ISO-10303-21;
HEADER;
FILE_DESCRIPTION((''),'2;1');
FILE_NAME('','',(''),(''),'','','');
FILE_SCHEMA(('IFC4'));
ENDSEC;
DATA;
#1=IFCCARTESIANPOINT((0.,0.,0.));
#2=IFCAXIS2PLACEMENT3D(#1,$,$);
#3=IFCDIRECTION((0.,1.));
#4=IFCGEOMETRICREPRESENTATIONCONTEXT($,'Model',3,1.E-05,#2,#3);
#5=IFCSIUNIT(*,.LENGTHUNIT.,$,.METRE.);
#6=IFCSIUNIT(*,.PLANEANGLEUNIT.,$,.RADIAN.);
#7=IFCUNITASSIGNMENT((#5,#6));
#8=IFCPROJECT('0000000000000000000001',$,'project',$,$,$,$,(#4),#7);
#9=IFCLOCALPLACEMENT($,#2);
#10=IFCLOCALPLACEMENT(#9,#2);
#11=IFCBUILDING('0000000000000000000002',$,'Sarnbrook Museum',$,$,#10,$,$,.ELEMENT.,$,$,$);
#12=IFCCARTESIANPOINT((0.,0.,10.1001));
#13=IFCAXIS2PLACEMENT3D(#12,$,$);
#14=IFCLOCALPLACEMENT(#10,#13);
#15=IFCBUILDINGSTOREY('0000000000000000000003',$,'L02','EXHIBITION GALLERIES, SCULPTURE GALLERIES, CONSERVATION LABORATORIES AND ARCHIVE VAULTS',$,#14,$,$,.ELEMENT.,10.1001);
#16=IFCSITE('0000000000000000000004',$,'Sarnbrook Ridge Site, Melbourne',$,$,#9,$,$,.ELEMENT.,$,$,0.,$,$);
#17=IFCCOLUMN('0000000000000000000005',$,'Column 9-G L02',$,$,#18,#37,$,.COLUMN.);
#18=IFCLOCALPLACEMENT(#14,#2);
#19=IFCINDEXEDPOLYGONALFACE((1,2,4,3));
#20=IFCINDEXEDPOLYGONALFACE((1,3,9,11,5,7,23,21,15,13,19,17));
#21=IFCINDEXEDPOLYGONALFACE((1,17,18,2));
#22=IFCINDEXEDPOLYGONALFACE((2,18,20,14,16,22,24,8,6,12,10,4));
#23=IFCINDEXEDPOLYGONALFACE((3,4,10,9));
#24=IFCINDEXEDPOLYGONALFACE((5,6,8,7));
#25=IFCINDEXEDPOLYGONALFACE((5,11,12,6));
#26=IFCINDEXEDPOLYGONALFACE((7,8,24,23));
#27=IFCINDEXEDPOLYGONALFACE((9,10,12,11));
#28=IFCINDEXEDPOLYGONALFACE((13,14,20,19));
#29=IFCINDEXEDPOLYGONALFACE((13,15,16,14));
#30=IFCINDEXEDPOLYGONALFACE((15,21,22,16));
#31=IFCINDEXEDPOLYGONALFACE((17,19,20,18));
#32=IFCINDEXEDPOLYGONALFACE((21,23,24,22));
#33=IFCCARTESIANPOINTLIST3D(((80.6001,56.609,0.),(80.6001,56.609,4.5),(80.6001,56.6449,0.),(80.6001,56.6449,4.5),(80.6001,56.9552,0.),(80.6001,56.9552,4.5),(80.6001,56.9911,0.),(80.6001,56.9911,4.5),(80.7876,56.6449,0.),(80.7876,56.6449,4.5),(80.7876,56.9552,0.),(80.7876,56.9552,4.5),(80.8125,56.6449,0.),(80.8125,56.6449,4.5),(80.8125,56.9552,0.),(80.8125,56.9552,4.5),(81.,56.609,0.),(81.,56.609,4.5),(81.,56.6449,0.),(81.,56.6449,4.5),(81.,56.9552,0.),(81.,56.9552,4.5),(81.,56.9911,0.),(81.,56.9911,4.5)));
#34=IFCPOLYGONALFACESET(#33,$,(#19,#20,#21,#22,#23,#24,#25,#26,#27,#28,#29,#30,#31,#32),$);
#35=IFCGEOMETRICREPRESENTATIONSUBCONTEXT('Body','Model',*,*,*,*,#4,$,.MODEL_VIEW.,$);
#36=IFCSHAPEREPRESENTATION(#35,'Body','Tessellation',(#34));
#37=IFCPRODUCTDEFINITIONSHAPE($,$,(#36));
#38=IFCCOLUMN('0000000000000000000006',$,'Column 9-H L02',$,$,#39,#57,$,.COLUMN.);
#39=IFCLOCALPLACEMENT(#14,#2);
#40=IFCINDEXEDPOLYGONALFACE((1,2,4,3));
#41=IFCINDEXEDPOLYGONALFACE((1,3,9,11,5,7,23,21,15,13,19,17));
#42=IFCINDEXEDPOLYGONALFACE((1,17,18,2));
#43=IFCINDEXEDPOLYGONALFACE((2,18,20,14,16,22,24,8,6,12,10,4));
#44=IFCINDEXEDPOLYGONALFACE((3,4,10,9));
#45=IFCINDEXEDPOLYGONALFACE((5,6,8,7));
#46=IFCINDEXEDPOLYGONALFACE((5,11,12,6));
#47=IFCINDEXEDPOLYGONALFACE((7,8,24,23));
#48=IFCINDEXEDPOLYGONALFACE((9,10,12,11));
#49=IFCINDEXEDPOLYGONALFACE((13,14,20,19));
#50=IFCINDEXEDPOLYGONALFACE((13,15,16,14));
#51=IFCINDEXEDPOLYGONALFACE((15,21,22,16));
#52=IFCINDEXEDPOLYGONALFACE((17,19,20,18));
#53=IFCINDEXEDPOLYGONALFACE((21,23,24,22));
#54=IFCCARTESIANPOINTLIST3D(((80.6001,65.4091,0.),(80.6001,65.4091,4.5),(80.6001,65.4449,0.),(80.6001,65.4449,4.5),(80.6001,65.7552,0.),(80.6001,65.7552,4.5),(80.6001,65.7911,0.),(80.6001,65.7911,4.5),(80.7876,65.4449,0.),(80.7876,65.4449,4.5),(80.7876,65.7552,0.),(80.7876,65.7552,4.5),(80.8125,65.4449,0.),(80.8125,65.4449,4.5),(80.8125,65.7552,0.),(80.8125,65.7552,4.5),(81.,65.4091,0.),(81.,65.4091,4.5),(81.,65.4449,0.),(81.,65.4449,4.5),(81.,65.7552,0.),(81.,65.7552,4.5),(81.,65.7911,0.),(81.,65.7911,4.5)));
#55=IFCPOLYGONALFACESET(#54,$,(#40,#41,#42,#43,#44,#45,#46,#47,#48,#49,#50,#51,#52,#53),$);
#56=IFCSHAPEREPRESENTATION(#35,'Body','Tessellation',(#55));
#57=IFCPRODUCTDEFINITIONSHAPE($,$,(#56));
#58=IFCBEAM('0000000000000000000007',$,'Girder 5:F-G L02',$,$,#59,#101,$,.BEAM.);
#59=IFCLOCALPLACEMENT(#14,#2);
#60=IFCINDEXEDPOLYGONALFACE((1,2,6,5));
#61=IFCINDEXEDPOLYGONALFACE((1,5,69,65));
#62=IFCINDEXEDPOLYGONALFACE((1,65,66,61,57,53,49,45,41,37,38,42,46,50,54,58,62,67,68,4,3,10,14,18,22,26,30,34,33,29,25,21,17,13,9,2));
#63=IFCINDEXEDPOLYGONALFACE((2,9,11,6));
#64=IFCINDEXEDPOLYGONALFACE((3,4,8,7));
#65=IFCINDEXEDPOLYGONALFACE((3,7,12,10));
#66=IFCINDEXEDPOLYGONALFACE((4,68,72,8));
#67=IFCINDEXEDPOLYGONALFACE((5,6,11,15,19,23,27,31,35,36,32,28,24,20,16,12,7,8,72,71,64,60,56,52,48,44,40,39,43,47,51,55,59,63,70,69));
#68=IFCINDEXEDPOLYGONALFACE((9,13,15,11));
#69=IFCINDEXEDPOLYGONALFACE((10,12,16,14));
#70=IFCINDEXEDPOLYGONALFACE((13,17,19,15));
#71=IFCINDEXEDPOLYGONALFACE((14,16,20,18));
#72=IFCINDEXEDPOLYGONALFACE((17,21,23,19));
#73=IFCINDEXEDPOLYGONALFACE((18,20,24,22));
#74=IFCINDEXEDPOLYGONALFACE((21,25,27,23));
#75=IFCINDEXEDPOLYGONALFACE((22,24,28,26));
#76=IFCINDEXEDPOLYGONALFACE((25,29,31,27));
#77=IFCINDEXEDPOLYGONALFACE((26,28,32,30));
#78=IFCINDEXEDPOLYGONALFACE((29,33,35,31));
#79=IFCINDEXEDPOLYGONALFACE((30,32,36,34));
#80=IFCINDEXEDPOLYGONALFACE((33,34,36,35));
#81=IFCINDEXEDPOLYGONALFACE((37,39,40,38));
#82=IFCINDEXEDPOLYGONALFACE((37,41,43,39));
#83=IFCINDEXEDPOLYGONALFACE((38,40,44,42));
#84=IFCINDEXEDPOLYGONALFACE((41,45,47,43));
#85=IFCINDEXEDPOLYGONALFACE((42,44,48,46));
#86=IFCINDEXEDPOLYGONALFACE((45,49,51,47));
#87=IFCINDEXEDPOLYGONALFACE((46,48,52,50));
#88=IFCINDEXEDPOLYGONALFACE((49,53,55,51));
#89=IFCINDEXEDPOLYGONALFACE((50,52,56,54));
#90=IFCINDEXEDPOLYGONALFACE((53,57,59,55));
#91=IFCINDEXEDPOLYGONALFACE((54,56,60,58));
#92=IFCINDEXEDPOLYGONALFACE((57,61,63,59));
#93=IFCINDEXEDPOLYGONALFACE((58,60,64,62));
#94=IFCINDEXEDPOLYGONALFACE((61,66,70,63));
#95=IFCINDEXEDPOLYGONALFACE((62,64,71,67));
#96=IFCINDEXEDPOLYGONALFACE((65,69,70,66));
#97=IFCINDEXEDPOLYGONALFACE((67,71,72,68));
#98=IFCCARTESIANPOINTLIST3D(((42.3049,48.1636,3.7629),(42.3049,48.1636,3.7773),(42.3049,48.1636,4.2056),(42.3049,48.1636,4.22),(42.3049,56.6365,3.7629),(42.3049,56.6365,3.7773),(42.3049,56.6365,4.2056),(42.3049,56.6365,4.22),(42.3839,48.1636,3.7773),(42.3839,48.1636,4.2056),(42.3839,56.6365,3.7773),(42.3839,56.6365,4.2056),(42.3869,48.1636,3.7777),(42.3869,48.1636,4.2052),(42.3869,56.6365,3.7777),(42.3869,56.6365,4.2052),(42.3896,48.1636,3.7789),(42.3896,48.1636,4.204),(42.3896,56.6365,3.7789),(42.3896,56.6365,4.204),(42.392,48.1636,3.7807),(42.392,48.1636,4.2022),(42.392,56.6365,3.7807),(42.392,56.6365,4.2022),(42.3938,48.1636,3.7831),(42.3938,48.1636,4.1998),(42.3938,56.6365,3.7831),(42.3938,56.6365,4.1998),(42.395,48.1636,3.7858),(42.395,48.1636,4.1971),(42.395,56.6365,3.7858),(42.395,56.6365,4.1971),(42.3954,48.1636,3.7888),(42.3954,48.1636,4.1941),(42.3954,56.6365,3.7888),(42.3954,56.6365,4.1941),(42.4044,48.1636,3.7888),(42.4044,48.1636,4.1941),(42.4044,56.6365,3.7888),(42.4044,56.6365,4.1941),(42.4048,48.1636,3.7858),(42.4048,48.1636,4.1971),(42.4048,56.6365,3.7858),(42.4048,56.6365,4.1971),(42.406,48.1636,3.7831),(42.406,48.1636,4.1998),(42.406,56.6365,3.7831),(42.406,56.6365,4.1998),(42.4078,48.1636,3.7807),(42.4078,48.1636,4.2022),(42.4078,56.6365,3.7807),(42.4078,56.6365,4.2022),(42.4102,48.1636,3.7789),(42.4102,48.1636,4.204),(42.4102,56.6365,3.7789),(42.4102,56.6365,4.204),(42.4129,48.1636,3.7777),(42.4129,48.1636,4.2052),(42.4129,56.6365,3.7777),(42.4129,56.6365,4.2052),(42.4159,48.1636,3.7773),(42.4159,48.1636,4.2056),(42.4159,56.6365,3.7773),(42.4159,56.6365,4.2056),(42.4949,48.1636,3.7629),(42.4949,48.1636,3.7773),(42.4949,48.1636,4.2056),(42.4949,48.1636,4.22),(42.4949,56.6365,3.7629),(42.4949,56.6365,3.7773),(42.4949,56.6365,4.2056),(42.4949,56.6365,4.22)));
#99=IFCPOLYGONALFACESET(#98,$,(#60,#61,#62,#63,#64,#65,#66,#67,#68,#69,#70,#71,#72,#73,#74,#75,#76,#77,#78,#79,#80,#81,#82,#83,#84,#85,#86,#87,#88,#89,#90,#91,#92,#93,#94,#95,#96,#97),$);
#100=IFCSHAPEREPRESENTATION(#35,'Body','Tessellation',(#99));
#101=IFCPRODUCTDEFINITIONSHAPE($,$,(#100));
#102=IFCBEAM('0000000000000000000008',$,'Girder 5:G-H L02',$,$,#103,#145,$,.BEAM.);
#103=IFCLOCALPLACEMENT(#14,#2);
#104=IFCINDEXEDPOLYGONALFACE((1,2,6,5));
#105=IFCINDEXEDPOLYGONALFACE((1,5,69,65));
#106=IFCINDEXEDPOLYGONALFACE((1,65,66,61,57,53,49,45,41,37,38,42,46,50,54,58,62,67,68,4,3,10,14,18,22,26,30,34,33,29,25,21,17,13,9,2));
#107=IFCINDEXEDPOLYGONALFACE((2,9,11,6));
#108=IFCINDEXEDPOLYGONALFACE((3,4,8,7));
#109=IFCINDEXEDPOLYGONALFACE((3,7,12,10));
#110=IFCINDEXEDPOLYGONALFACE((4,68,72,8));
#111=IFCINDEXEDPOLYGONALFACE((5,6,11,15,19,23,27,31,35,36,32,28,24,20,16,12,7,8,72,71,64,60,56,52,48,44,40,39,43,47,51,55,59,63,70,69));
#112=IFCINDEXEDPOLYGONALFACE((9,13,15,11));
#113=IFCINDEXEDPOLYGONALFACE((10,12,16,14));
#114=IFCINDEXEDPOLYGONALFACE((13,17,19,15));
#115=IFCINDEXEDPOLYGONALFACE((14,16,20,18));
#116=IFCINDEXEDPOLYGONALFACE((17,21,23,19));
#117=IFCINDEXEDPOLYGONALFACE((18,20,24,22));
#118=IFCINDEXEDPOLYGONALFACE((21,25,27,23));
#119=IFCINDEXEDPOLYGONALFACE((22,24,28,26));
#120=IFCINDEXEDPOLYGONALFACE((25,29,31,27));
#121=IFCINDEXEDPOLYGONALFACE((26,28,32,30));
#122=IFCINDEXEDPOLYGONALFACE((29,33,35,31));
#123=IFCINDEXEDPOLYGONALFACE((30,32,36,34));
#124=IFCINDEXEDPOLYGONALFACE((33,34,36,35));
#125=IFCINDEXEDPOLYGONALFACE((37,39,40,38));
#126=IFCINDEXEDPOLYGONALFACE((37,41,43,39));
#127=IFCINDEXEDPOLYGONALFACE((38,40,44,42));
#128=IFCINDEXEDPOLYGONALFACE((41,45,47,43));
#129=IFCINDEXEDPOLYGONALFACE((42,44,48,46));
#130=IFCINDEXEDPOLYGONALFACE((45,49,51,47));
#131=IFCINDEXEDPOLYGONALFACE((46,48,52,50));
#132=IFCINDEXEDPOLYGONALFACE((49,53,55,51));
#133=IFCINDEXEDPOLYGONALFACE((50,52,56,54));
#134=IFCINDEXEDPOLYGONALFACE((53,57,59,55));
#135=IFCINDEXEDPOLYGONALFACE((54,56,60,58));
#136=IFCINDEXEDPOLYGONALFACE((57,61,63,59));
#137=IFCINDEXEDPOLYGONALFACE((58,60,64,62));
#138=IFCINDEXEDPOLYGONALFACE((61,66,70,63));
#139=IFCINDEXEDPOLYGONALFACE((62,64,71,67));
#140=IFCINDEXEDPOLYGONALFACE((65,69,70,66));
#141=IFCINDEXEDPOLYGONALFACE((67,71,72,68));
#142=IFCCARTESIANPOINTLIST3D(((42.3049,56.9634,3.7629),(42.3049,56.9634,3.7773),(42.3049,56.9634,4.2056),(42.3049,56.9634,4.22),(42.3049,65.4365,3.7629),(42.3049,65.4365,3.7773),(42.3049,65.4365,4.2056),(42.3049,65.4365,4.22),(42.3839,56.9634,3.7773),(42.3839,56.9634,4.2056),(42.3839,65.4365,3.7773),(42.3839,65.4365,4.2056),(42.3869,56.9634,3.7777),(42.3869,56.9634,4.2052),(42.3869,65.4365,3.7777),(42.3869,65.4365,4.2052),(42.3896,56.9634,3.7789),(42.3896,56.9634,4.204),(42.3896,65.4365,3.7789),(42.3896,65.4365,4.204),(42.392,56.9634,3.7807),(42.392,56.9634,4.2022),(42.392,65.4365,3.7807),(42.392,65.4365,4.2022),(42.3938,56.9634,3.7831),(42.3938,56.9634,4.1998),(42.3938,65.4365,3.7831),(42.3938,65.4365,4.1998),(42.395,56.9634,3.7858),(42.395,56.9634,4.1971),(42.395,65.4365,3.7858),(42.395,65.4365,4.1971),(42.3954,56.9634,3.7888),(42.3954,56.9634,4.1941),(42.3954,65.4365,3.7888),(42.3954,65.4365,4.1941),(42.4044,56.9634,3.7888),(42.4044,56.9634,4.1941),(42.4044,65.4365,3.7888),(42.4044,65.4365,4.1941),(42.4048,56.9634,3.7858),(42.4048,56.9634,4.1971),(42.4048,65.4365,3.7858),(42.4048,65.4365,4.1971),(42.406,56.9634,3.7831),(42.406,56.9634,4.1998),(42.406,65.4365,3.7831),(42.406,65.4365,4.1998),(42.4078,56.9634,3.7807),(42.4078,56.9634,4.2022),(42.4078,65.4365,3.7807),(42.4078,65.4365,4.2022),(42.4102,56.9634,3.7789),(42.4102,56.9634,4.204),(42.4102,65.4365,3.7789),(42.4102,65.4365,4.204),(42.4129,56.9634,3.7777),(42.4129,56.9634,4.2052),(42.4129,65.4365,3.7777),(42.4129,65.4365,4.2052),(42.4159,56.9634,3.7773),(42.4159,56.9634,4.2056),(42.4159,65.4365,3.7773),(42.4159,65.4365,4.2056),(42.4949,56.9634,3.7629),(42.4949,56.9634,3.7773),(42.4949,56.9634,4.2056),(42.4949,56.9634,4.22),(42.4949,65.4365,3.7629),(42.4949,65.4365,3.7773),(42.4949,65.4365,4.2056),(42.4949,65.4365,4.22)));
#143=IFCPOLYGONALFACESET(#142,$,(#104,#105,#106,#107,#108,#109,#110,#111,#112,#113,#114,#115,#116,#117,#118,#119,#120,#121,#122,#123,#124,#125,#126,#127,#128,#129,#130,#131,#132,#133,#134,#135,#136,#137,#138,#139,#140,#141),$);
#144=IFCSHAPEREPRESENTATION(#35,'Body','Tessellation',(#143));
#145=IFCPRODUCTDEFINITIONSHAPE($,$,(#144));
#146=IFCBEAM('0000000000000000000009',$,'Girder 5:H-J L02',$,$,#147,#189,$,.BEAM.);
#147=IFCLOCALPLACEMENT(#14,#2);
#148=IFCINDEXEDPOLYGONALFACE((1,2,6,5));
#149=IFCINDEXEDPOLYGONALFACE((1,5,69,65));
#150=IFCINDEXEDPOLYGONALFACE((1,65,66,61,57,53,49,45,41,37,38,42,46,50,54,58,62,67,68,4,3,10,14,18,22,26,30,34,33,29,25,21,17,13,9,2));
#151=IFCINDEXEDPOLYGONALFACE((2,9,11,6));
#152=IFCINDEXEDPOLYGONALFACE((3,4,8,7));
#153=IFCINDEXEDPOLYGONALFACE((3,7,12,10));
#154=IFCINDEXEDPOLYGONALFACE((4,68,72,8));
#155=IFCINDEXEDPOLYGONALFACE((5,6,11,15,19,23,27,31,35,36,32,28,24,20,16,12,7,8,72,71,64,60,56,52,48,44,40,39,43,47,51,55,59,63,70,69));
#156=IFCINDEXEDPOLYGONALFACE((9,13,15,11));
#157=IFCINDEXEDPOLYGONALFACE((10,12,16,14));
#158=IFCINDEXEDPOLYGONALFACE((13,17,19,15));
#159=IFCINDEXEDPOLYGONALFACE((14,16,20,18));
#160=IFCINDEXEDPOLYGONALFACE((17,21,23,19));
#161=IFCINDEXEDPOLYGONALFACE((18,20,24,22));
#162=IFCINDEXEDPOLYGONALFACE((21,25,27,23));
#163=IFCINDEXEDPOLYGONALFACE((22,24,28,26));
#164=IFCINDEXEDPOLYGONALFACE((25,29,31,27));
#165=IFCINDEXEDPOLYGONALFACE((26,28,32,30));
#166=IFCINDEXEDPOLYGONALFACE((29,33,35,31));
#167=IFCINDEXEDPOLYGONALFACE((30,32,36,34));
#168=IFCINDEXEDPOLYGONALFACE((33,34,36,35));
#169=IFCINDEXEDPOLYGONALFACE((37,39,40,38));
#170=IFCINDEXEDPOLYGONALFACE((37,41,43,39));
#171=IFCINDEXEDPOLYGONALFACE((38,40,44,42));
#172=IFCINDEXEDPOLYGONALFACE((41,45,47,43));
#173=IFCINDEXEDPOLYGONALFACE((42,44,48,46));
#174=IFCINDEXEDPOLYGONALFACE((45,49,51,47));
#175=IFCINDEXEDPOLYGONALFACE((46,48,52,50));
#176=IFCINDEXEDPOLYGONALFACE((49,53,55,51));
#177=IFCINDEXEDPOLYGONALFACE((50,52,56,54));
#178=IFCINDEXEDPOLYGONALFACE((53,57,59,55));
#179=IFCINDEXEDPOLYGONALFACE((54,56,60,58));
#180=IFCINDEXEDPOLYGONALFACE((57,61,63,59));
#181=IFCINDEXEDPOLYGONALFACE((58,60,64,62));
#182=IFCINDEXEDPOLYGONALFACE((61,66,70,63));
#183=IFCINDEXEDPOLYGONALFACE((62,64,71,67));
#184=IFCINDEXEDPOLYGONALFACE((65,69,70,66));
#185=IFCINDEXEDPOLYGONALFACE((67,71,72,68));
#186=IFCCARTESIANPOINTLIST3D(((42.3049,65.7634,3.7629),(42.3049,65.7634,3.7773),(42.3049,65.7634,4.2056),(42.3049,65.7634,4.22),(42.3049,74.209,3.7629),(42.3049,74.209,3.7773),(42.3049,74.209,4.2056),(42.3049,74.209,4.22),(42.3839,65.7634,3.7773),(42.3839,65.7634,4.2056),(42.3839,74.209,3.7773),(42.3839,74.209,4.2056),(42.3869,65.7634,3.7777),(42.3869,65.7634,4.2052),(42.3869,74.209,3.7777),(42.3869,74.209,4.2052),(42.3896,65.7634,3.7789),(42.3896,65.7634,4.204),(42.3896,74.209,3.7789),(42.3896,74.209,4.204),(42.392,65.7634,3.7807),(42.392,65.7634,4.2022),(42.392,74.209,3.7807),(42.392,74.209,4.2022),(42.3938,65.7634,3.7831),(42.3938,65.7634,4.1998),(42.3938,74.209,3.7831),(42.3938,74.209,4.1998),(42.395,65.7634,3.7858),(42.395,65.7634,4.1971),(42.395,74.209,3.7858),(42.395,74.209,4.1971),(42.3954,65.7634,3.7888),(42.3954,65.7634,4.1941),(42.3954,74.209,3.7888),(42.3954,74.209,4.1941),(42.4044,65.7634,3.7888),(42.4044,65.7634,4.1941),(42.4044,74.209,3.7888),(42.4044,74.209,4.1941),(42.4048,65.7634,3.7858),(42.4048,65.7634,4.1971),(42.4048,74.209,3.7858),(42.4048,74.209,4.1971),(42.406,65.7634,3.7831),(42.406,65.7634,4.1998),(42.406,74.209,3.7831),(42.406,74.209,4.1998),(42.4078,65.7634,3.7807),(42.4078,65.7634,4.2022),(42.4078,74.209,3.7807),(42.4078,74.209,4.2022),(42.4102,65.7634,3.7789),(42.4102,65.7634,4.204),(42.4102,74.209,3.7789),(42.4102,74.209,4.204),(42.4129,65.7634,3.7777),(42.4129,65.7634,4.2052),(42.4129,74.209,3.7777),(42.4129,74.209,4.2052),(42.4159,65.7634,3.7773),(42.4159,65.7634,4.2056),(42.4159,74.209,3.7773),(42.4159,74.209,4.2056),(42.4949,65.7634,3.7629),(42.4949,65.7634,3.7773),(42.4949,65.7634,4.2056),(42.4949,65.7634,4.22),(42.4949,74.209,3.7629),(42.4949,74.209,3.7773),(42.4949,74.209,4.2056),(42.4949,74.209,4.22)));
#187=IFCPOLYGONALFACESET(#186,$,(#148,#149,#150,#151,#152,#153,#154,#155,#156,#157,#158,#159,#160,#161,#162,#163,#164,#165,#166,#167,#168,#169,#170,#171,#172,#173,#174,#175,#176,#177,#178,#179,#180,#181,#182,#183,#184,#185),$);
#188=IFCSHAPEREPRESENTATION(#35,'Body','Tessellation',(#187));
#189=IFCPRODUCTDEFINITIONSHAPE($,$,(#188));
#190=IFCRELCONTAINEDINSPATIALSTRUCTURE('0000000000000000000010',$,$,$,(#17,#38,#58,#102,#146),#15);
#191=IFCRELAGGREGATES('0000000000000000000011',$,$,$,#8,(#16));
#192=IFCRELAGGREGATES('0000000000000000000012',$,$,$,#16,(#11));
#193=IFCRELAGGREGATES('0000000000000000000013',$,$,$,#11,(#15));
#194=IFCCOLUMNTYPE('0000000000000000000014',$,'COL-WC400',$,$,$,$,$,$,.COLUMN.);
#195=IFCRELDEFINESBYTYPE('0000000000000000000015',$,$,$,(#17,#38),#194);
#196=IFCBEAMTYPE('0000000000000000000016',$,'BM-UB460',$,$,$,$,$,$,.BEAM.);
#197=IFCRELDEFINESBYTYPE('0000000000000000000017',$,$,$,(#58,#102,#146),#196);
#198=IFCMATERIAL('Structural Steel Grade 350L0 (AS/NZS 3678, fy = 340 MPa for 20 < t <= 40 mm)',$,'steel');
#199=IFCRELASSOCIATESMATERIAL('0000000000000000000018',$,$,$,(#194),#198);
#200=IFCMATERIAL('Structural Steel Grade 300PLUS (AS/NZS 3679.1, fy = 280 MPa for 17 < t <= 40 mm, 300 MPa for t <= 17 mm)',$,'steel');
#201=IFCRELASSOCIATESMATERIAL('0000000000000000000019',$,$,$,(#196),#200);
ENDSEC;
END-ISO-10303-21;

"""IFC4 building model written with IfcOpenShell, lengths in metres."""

from ifc_helpers import new_model, si_unit, direction, frame, origin, origin_2d, place, context, subcontext, project, spatial, i_section, extrude, material, material_profile, profile_set, type_object, element, save


model = new_model("IFC4")

# Units and contexts
model_context = context("Model", 3, precision=1e-05, world=origin(), true_north=direction((0.0, 1.0)))
body_context = subcontext(model_context, "Body", "Model", "MODEL_VIEW")
ifc_project = project(units=[si_unit("LENGTHUNIT", "METRE"), si_unit("PLANEANGLEUNIT", "RADIAN")], contexts=[model_context])

# Site, building, storey
site_placement = place(None, origin())
site = spatial("IfcSite", under=ifc_project, at=site_placement, Name="Sarnbrook Ridge Site, Melbourne", CompositionType="ELEMENT", RefElevation=0.0)
building_placement = place(site_placement, origin())
building = spatial("IfcBuilding", under=site, at=building_placement, Name="Sarnbrook Museum", CompositionType="ELEMENT")
storey_placement = place(building_placement, frame((0.0, 0.0, 10.1001)))
storey = spatial("IfcBuildingStorey", under=building, at=storey_placement, Name="L02", Description="EXHIBITION GALLERIES, SCULPTURE GALLERIES, CONSERVATION LABORATORIES AND ARCHIVE VAULTS", CompositionType="ELEMENT", Elevation=10.1001)

# Columns
ifc_material_1 = material(Name="Structural Steel Grade 300PLUS (AS/NZS 3679.1, fy = 280 MPa for 17 < t <= 40 mm, 300 MPa for t <= 17 mm)", Category="steel")
ifc_material_2 = material(Name="Structural Steel Grade 350L0 (AS/NZS 3678, fy = 340 MPa for 20 < t <= 40 mm)", Category="steel")
ifc_material_profile_1 = material_profile(ifc_material_2, i_section(OverallWidth=0.3999, OverallDepth=0.3821, WebThickness=0.0249, FlangeThickness=0.0359, at=origin_2d()), Name="400WC270")
ifc_profile_set_1 = profile_set([ifc_material_profile_1], Name="Structural Steel Grade 350L0 (AS/NZS 3678, fy = 340 MPa for 20 < t <= 40 mm)")
column_type_1 = type_object("IfcColumnType", Name="COL-WC400", PredefinedType="COLUMN", material=ifc_profile_set_1)
for number, where, z_axis, x_axis, name in (
    (1, (80.8, 56.8, 0.0), (0.0, 0.0, 1.0), (1.0, 0.0, 0.0), "Column 9-G L02"),
    (2, (80.8, 65.6001, 0.0), (0.0, 0.0, 1.0), (1.0, 0.0, 0.0), "Column 9-H L02"),
):
    element("IfcColumn", number, at=place(storey_placement, frame(where, z_axis=z_axis, x_axis=x_axis)), inside=storey, type_object=column_type_1, Name=name, PredefinedType="COLUMN", context=body_context, shape_type="SweptSolid", body=[
        extrude(i_section(OverallWidth=0.3999, OverallDepth=0.3821, WebThickness=0.0249, FlangeThickness=0.0359, at=origin_2d()), origin(), (0.0, 0.0, 1.0), 4.5),
    ])

# Beams
ifc_material_profile_2 = material_profile(ifc_material_1, i_section(OverallWidth=0.1899, OverallDepth=0.457, WebThickness=0.009, FlangeThickness=0.0144, FilletRadius=0.0115, at=origin_2d()), Name="460UB74.6")
ifc_profile_set_2 = profile_set([ifc_material_profile_2], Name="Structural Steel Grade 300PLUS (AS/NZS 3679.1, fy = 280 MPa for 17 < t <= 40 mm, 300 MPa for t <= 17 mm)")
beam_type_1 = type_object("IfcBeamType", Name="BM-UB460", PredefinedType="BEAM", material=ifc_profile_set_2)
beam_1_placement = place(storey_placement, frame((42.3999, 48.1636, 3.9915), z_axis=(0.0, 1.0, 0.0), x_axis=(-1.0, 0.0, 0.0)))
element("IfcBeam", 3, at=beam_1_placement, inside=storey, type_object=beam_type_1, Name="Girder 5:F-G L02", PredefinedType="BEAM", context=body_context, shape_type="SweptSolid", body=[
    extrude(i_section(OverallWidth=0.1899, OverallDepth=0.457, WebThickness=0.009, FlangeThickness=0.0144, FilletRadius=0.0115, at=origin_2d()), origin(), (0.0, 0.0, 1.0), 8.4729),
])
beam_2_placement = place(storey_placement, frame((42.3999, 56.9634, 3.9915), z_axis=(0.0, 1.0, 0.0), x_axis=(-1.0, 0.0, 0.0)))
element("IfcBeam", 4, at=beam_2_placement, inside=storey, type_object=beam_type_1, Name="Girder 5:G-H L02", PredefinedType="BEAM", context=body_context, shape_type="SweptSolid", body=[
    extrude(i_section(OverallWidth=0.1899, OverallDepth=0.457, WebThickness=0.009, FlangeThickness=0.0144, FilletRadius=0.0115, at=origin_2d()), origin(), (0.0, 0.0, 1.0), 8.4731),
])
beam_3_placement = place(storey_placement, frame((42.3999, 65.7634, 3.9915), z_axis=(0.0, 1.0, 0.0), x_axis=(-1.0, 0.0, 0.0)))
element("IfcBeam", 5, at=beam_3_placement, inside=storey, type_object=beam_type_1, Name="Girder 5:H-J L02", PredefinedType="BEAM", context=body_context, shape_type="SweptSolid", body=[
    extrude(i_section(OverallWidth=0.1899, OverallDepth=0.457, WebThickness=0.009, FlangeThickness=0.0144, FilletRadius=0.0115, at=origin_2d()), origin(), (0.0, 0.0, 1.0), 8.4456),
])

save(model, "model.ifc")
